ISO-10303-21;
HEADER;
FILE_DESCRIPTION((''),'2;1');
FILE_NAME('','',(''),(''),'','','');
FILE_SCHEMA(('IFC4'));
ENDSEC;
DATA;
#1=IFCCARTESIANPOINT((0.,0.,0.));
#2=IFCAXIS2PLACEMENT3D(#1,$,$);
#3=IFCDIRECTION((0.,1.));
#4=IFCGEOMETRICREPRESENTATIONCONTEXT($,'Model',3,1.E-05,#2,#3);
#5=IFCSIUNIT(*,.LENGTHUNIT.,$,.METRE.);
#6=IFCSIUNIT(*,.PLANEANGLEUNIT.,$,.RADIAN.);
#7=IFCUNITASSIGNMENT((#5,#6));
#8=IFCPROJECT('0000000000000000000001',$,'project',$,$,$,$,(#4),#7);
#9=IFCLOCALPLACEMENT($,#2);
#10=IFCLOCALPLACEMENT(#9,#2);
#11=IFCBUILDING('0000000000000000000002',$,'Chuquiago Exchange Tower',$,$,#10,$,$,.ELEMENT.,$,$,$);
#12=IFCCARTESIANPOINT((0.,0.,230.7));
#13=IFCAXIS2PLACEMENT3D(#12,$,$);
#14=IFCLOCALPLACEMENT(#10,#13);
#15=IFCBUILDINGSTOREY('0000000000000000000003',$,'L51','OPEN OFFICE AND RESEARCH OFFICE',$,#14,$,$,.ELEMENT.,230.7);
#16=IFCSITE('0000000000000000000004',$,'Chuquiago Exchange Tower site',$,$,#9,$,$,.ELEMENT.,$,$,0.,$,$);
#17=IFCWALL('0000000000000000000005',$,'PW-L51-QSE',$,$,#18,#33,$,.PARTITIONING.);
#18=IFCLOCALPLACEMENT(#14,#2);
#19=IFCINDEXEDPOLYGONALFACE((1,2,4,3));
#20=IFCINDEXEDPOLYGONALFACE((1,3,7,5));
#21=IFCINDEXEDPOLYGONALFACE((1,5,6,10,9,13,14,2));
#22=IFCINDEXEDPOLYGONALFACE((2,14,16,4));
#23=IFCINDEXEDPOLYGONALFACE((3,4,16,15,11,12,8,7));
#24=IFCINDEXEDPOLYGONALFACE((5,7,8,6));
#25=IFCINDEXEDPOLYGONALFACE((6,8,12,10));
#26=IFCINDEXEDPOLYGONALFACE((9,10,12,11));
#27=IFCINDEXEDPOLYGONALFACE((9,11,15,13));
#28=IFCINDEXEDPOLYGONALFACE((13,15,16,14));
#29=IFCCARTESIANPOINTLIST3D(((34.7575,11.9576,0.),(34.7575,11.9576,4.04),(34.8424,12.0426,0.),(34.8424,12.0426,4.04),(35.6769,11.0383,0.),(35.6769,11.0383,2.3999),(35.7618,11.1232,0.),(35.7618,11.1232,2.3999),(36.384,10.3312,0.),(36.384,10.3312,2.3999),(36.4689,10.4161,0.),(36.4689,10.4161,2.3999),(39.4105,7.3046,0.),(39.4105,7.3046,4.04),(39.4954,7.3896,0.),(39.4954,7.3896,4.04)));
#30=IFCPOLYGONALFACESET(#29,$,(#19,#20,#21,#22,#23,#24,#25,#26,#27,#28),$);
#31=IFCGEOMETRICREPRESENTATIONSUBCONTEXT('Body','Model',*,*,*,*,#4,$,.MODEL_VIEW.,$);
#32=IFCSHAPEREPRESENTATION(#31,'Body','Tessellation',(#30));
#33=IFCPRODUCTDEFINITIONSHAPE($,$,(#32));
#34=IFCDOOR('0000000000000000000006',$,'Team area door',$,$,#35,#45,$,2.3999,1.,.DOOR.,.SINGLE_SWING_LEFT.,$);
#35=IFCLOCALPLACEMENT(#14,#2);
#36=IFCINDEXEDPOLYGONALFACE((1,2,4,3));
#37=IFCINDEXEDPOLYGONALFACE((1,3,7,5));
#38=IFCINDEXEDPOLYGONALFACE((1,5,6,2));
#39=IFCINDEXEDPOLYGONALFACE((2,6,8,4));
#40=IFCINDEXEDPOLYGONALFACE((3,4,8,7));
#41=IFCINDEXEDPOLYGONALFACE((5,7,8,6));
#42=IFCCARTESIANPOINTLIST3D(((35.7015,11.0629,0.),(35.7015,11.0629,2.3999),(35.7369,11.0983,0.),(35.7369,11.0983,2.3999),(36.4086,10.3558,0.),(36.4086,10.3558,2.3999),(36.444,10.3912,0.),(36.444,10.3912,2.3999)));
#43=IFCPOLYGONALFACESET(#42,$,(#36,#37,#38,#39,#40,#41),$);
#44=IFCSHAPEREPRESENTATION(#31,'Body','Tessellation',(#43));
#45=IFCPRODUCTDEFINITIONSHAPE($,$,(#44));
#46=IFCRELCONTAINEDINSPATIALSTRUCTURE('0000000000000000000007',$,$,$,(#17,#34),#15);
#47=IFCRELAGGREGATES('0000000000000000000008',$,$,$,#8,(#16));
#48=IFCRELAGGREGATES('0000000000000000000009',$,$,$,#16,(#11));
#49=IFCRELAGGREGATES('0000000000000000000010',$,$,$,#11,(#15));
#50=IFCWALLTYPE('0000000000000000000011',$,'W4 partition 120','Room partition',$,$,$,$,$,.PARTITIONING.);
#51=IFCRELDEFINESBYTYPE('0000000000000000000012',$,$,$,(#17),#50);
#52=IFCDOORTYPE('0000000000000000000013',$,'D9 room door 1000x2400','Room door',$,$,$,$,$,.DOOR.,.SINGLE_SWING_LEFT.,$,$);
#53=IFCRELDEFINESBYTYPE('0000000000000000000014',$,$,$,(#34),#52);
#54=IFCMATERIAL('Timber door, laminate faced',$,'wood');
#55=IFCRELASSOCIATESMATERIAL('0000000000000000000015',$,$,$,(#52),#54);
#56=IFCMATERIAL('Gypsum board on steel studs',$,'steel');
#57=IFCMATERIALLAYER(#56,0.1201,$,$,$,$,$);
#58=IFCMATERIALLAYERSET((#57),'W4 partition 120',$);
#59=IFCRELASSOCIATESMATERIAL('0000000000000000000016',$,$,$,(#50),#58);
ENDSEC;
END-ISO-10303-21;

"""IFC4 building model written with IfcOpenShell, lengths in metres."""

from ifc_helpers import new_model, si_unit, direction, frame, frame_2d, origin, place, context, subcontext, project, spatial, rectangle, extrude, material, layer, layer_set, type_object, element, fill, save


model = new_model("IFC4")

# Units and contexts
model_context = context("Model", 3, precision=1e-05, world=origin(), true_north=direction((0.0, 1.0)))
body_context = subcontext(model_context, "Body", "Model", "MODEL_VIEW")
ifc_project = project(units=[si_unit("LENGTHUNIT", "METRE"), si_unit("PLANEANGLEUNIT", "RADIAN")], contexts=[model_context])

# Site, building, storey
site_placement = place(None, origin())
site = spatial("IfcSite", under=ifc_project, at=site_placement, Name="Chuquiago Exchange Tower site", CompositionType="ELEMENT", RefElevation=0.0)
building_placement = place(site_placement, origin())
building = spatial("IfcBuilding", under=site, at=building_placement, Name="Chuquiago Exchange Tower", CompositionType="ELEMENT")
storey_placement = place(building_placement, frame((0.0, 0.0, 230.7)))
storey = spatial("IfcBuildingStorey", under=building, at=storey_placement, Name="L51", Description="OPEN OFFICE AND RESEARCH OFFICE", CompositionType="ELEMENT", Elevation=230.7)

# Shared definitions
ifc_material_1 = material(Name="Timber door, laminate faced", Category="wood")
door_type = type_object("IfcDoorType", Name="D9 room door 1000x2400", Description="Room door", OperationType="SINGLE_SWING_LEFT", PredefinedType="DOOR", material=ifc_material_1)

# Shared definitions
ifc_material_2 = material(Name="Gypsum board on steel studs", Category="steel")
ifc_layer_1 = layer(ifc_material_2, 0.1201)
ifc_layer_set_1 = layer_set([ifc_layer_1], Name="W4 partition 120")
wall_type_1 = type_object("IfcWallType", Name="W4 partition 120", Description="Room partition", PredefinedType="PARTITIONING", material=ifc_layer_set_1)

# Wall, opening, door
wall_1_placement = place(storey_placement, frame((34.8, 12.0, 0.0), z_axis=(0.0, 0.0, 1.0), x_axis=(0.707107, -0.707107, 0.0)))
wall_1 = element("IfcWall", 1, at=wall_1_placement, inside=storey, type_object=wall_type_1, Name="PW-L51-QSE", PredefinedType="PARTITIONING", context=body_context, shape_type="SweptSolid", body=[
    extrude(rectangle(XDim=6.5803, YDim=0.1201, at=frame_2d((3.29, 0.0))), origin(), (0.0, 0.0, 1.0), 4.04),
])
opening_1_placement = place(wall_1_placement, frame((1.3, 0.0, 0.0)))
opening_1 = element("IfcOpeningElement", 2, at=opening_1_placement, cuts=wall_1, PredefinedType="OPENING", context=body_context, shape_type="SweptSolid", body=[
    extrude(rectangle(XDim=1.0, YDim=2.3999, at=frame_2d((0.5, 1.2))), frame((0.0, 0.0701, 0.0), z_axis=(0.0, -1.0, 0.0), x_axis=(1.0, 0.0, 0.0)), (0.0, 0.0, 1.0), 0.1401),
])
door_1_placement = place(opening_1_placement, origin())
door_1 = element("IfcDoor", 3, at=door_1_placement, inside=storey, type_object=door_type, Name="Team area door", OperationType="SINGLE_SWING_LEFT", OverallHeight=2.3999, OverallWidth=1.0, PredefinedType="DOOR", context=body_context, shape_type="SweptSolid", body=[
    extrude(rectangle(XDim=1.0, YDim=2.3999, at=frame_2d((0.5, 1.2))), frame((0.0, 0.0249, 0.0), z_axis=(0.0, -1.0, 0.0), x_axis=(1.0, 0.0, 0.0)), (0.0, 0.0, 1.0), 0.05),
])
fill(opening_1, door_1)

save(model, "model.ifc")
